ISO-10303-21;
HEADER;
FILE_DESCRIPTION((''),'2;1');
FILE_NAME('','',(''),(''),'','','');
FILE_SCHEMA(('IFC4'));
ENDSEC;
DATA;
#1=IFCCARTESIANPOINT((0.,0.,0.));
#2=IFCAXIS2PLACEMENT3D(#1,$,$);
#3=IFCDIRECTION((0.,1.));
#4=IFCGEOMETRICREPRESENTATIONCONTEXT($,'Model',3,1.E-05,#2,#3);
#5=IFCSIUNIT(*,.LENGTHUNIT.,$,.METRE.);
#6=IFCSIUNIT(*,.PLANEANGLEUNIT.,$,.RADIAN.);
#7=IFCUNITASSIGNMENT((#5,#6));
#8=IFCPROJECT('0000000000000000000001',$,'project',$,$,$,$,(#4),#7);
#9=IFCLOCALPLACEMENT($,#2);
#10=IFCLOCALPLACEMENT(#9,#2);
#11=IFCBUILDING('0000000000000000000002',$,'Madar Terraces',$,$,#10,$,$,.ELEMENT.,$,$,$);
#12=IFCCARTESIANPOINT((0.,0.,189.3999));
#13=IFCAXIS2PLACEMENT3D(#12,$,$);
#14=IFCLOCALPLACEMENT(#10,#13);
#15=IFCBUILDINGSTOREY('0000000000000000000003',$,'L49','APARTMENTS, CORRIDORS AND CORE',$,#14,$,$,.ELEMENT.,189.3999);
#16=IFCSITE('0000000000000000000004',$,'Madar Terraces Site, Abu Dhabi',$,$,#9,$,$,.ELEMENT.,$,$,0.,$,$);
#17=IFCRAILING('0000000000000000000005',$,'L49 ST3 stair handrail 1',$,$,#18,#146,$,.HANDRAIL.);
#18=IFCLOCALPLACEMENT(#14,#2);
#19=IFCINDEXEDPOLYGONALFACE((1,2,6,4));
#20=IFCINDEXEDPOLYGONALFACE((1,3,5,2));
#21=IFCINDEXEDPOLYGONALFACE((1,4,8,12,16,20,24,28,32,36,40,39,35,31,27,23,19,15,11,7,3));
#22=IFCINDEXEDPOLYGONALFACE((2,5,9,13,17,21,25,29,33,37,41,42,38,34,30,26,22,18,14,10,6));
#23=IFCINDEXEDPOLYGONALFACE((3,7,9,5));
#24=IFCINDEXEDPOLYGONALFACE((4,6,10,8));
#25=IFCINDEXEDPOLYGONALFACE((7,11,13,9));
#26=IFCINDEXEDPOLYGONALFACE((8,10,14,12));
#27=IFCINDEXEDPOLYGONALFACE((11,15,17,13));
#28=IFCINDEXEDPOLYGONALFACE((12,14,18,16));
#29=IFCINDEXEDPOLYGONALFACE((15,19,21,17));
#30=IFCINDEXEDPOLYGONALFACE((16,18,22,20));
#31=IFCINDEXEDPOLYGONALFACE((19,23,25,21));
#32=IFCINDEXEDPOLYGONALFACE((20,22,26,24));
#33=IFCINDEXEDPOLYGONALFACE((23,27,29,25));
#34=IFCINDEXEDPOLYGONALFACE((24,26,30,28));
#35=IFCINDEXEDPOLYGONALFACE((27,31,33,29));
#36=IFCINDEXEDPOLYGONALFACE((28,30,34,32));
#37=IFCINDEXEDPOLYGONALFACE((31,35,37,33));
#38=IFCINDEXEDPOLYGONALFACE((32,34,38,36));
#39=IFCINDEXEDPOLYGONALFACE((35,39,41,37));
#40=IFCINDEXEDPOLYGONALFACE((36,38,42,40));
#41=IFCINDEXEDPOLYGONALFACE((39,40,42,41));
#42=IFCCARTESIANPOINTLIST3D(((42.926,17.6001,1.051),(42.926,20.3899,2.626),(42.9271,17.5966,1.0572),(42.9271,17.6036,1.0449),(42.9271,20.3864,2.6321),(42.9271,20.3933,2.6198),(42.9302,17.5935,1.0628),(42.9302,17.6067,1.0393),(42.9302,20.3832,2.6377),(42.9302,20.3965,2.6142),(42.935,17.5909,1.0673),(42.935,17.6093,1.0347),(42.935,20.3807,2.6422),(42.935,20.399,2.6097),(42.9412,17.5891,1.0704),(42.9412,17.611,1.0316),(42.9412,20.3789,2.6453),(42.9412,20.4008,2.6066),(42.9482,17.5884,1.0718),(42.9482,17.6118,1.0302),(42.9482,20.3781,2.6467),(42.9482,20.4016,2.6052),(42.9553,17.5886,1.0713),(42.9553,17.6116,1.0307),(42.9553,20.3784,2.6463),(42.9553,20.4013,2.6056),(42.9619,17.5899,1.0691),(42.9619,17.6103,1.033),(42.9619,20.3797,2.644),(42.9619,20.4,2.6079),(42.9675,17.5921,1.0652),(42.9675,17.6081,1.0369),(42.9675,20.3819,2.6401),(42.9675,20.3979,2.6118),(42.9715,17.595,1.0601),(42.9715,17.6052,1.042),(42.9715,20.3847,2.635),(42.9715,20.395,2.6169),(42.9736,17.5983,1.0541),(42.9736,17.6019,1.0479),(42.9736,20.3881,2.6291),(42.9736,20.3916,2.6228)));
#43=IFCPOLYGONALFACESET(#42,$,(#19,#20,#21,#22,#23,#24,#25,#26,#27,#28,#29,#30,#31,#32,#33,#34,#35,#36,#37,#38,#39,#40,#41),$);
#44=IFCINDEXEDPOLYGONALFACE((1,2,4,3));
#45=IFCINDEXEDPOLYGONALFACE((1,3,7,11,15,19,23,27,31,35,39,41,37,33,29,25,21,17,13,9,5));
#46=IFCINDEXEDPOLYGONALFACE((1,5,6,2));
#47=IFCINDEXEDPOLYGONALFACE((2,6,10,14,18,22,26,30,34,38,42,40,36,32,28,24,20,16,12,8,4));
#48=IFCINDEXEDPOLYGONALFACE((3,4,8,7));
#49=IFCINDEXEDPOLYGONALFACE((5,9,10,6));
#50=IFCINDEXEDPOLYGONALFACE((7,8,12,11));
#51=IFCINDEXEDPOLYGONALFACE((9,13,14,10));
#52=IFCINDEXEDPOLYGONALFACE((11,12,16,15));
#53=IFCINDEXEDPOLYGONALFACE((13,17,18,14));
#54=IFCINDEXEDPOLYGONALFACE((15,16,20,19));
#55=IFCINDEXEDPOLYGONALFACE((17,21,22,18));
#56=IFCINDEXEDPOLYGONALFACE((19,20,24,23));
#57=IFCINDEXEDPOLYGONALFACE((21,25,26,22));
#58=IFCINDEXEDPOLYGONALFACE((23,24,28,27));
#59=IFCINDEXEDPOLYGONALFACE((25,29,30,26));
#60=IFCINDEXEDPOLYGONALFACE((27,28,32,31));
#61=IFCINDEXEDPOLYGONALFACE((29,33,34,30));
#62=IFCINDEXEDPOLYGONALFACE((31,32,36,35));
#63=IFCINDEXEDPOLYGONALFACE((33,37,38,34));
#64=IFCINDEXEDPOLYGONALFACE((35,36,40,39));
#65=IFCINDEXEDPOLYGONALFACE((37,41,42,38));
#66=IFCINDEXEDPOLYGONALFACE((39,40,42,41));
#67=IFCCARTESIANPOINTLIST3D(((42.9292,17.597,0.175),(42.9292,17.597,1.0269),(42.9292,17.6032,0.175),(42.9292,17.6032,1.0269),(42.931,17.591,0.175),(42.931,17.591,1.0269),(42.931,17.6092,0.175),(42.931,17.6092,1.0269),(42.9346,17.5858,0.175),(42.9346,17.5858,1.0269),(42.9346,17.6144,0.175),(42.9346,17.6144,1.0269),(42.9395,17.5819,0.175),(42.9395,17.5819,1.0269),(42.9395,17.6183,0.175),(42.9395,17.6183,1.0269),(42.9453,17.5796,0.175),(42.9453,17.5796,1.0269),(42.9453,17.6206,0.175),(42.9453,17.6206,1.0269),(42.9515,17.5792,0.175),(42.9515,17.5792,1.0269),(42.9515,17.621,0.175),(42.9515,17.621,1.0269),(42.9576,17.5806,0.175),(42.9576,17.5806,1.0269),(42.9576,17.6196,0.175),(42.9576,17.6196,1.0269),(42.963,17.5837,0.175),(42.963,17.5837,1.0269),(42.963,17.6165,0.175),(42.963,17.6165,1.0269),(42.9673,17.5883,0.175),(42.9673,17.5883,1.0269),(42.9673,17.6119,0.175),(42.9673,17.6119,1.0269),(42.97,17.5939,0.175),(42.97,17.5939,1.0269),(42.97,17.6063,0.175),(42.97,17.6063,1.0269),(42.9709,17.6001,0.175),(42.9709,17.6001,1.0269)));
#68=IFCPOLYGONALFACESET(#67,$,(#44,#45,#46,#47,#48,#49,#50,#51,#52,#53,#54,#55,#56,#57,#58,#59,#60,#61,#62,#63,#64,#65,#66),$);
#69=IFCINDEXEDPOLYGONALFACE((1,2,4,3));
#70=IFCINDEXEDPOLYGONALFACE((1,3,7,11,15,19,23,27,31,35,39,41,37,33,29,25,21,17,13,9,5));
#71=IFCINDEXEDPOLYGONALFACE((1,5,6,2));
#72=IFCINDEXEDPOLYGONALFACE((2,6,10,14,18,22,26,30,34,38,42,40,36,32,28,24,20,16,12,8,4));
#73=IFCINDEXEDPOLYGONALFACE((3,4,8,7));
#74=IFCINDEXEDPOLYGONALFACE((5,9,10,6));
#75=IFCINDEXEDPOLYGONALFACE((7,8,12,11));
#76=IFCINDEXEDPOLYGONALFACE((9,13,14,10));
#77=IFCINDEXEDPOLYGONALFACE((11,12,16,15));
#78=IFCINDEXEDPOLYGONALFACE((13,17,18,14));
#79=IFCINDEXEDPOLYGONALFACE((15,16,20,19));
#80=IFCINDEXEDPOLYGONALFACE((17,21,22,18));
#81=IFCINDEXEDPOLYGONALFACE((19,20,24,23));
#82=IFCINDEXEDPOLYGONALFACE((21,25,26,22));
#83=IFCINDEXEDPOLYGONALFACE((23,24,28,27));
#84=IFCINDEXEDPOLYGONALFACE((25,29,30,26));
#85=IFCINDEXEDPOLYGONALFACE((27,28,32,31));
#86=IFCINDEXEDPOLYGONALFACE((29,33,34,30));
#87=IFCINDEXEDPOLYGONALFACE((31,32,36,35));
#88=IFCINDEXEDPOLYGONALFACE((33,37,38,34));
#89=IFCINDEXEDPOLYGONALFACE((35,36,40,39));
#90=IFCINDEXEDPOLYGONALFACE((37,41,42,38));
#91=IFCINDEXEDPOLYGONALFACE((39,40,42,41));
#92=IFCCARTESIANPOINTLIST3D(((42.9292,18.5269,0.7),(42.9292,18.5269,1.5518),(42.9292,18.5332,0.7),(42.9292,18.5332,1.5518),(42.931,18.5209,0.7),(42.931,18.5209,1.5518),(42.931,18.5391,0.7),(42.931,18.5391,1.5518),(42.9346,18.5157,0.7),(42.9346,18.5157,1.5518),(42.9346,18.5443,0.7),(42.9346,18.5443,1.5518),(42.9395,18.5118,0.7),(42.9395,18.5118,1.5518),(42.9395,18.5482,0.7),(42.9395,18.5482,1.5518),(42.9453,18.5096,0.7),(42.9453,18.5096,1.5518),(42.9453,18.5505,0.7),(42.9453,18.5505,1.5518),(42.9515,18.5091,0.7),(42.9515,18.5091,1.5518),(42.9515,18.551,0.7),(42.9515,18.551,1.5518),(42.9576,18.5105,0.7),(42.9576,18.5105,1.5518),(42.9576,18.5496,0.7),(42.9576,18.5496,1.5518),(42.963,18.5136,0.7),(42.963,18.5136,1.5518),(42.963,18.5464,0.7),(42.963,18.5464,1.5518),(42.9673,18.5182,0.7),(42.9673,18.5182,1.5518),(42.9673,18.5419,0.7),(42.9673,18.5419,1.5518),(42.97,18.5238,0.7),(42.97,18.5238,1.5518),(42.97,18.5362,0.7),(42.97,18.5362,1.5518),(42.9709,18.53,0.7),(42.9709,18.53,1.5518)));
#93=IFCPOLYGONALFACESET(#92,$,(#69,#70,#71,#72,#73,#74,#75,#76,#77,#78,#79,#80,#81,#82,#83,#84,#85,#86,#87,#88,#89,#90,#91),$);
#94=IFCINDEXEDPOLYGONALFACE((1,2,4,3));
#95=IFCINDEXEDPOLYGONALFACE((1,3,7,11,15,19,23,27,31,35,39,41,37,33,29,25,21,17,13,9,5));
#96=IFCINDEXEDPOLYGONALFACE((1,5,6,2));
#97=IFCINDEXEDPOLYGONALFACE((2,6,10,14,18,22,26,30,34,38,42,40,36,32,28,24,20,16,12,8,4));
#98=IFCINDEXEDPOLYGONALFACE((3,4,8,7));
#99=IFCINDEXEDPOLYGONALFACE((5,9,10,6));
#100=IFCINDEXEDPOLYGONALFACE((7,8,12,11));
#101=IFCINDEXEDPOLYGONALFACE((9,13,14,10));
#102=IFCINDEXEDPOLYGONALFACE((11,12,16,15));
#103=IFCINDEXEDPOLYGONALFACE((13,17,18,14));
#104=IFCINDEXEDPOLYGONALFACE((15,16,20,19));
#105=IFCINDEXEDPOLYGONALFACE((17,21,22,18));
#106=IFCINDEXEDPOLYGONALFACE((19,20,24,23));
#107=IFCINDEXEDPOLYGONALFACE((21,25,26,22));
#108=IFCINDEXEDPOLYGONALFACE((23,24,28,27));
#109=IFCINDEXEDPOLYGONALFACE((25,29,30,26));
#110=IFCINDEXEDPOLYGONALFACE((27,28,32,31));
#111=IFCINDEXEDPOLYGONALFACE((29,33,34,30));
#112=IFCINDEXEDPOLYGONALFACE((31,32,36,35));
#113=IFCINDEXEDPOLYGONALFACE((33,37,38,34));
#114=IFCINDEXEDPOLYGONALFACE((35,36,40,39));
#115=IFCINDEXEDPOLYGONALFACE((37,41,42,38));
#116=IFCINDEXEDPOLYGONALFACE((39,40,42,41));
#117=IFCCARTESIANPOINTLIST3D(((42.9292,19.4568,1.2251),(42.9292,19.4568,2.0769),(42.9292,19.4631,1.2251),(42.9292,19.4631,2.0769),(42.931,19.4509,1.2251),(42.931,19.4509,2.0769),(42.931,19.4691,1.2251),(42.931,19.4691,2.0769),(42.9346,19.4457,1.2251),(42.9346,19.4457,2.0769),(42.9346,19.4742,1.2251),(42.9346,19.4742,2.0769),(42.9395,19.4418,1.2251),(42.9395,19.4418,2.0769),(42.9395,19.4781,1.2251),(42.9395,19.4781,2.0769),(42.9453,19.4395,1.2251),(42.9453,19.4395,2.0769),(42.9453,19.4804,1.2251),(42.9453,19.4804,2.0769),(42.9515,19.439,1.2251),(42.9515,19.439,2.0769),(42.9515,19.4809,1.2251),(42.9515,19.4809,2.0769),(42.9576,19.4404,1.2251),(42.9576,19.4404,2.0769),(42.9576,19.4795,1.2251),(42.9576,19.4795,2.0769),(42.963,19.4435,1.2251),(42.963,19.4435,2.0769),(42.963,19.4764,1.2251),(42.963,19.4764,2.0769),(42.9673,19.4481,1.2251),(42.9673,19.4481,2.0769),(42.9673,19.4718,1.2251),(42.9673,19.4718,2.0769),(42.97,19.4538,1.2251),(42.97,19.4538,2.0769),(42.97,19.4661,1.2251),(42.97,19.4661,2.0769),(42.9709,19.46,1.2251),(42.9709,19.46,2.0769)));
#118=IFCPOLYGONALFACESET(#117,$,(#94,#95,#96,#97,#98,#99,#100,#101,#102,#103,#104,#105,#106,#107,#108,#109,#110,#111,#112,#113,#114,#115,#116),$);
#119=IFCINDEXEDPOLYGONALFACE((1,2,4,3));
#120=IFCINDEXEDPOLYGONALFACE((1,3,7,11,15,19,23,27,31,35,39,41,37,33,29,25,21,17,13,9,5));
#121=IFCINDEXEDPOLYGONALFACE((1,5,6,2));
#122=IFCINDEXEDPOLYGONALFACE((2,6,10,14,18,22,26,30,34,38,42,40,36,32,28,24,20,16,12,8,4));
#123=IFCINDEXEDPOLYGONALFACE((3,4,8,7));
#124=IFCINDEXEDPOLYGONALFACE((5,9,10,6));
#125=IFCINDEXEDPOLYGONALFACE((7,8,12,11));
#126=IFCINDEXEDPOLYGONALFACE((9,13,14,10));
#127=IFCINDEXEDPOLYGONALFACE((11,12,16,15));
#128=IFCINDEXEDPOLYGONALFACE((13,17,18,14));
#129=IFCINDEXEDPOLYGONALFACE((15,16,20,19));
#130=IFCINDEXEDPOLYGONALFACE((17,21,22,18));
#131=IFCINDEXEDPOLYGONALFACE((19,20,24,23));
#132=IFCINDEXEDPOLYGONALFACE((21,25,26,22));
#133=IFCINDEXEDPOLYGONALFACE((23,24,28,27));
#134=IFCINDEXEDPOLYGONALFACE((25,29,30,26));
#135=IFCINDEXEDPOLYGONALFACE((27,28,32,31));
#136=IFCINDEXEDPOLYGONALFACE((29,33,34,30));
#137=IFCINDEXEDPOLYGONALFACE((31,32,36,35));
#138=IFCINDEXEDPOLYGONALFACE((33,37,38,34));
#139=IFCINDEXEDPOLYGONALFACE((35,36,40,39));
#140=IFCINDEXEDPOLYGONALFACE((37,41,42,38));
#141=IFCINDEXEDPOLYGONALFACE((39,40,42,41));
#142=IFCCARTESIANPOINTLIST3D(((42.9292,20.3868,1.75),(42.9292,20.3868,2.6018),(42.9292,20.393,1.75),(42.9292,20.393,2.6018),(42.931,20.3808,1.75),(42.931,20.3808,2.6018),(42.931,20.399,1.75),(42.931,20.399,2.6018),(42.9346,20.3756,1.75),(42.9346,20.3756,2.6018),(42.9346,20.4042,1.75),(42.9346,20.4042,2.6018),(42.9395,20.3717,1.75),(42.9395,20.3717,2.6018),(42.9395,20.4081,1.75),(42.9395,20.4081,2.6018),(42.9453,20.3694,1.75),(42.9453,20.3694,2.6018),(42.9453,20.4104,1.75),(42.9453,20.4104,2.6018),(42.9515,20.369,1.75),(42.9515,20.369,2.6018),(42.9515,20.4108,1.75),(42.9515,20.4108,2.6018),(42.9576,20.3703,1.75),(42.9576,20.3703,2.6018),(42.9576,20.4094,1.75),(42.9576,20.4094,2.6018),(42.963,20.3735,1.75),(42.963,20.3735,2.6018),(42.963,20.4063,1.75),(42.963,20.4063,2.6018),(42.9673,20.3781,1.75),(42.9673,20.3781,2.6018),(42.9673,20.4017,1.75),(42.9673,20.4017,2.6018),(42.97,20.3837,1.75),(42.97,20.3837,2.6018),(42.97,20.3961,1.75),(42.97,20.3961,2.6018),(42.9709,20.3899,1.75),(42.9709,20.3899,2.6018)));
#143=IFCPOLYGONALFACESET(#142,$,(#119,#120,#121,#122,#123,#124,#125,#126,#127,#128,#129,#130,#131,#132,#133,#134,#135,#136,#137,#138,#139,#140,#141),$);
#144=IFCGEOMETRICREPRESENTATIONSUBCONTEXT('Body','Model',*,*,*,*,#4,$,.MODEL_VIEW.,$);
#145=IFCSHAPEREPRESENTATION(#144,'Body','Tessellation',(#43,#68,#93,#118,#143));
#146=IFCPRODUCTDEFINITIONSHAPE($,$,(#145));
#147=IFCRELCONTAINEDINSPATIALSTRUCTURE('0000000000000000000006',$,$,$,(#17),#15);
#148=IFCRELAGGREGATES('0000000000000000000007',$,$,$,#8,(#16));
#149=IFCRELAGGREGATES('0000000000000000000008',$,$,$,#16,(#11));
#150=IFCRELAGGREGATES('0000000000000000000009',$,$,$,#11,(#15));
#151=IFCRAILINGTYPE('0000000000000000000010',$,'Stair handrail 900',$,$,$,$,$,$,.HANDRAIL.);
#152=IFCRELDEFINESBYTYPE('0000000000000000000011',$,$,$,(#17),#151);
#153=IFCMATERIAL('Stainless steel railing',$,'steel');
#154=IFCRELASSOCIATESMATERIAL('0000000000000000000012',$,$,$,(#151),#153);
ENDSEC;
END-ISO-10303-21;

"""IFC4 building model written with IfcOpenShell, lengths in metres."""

from ifc_helpers import new_model, si_unit, direction, frame, origin, origin_2d, place, context, subcontext, project, spatial, circle, extrude, material, type_object, element, save


model = new_model("IFC4")

# Units and contexts
model_context = context("Model", 3, precision=1e-05, world=origin(), true_north=direction((0.0, 1.0)))
body_context = subcontext(model_context, "Body", "Model", "MODEL_VIEW")
ifc_project = project(units=[si_unit("LENGTHUNIT", "METRE"), si_unit("PLANEANGLEUNIT", "RADIAN")], contexts=[model_context])

# Site, building, storey
site_placement = place(None, origin())
site = spatial("IfcSite", under=ifc_project, at=site_placement, Name="Madar Terraces Site, Abu Dhabi", CompositionType="ELEMENT", RefElevation=0.0)
building_placement = place(site_placement, origin())
building = spatial("IfcBuilding", under=site, at=building_placement, Name="Madar Terraces", CompositionType="ELEMENT")
storey_placement = place(building_placement, frame((0.0, 0.0, 189.3999)))
storey = spatial("IfcBuildingStorey", under=building, at=storey_placement, Name="L49", Description="APARTMENTS, CORRIDORS AND CORE", CompositionType="ELEMENT", Elevation=189.3999)

# Railing
ifc_material_1 = material(Name="Stainless steel railing", Category="steel")
railing_type_1 = type_object("IfcRailingType", Name="Stair handrail 900", PredefinedType="HANDRAIL", material=ifc_material_1)
railing_1_placement = place(storey_placement, frame((42.95, 17.6001, 0.175)))
element("IfcRailing", 1, at=railing_1_placement, inside=storey, type_object=railing_type_1, Name="L49 ST3 stair handrail 1", PredefinedType="HANDRAIL", context=body_context, shape_type="SweptSolid", body=[
    extrude(circle(Radius=0.0239, at=origin_2d()), frame((0.0, 0.0, 0.876), z_axis=(0.0, 0.870815, 0.49161), x_axis=(-1.0, 0.0, 0.0)), (0.0, 0.0, 1.0), 3.2036),
    extrude(circle(Radius=0.021, at=origin_2d()), origin(), (0.0, 0.0, 1.0), 0.8518),
    extrude(circle(Radius=0.021, at=origin_2d()), frame((0.0, 0.9299, 0.5249)), (0.0, 0.0, 1.0), 0.8518),
    extrude(circle(Radius=0.021, at=origin_2d()), frame((0.0, 1.8599, 1.05)), (0.0, 0.0, 1.0), 0.8518),
    extrude(circle(Radius=0.021, at=origin_2d()), frame((0.0, 2.7898, 1.575)), (0.0, 0.0, 1.0), 0.8518),
])

save(model, "model.ifc")
